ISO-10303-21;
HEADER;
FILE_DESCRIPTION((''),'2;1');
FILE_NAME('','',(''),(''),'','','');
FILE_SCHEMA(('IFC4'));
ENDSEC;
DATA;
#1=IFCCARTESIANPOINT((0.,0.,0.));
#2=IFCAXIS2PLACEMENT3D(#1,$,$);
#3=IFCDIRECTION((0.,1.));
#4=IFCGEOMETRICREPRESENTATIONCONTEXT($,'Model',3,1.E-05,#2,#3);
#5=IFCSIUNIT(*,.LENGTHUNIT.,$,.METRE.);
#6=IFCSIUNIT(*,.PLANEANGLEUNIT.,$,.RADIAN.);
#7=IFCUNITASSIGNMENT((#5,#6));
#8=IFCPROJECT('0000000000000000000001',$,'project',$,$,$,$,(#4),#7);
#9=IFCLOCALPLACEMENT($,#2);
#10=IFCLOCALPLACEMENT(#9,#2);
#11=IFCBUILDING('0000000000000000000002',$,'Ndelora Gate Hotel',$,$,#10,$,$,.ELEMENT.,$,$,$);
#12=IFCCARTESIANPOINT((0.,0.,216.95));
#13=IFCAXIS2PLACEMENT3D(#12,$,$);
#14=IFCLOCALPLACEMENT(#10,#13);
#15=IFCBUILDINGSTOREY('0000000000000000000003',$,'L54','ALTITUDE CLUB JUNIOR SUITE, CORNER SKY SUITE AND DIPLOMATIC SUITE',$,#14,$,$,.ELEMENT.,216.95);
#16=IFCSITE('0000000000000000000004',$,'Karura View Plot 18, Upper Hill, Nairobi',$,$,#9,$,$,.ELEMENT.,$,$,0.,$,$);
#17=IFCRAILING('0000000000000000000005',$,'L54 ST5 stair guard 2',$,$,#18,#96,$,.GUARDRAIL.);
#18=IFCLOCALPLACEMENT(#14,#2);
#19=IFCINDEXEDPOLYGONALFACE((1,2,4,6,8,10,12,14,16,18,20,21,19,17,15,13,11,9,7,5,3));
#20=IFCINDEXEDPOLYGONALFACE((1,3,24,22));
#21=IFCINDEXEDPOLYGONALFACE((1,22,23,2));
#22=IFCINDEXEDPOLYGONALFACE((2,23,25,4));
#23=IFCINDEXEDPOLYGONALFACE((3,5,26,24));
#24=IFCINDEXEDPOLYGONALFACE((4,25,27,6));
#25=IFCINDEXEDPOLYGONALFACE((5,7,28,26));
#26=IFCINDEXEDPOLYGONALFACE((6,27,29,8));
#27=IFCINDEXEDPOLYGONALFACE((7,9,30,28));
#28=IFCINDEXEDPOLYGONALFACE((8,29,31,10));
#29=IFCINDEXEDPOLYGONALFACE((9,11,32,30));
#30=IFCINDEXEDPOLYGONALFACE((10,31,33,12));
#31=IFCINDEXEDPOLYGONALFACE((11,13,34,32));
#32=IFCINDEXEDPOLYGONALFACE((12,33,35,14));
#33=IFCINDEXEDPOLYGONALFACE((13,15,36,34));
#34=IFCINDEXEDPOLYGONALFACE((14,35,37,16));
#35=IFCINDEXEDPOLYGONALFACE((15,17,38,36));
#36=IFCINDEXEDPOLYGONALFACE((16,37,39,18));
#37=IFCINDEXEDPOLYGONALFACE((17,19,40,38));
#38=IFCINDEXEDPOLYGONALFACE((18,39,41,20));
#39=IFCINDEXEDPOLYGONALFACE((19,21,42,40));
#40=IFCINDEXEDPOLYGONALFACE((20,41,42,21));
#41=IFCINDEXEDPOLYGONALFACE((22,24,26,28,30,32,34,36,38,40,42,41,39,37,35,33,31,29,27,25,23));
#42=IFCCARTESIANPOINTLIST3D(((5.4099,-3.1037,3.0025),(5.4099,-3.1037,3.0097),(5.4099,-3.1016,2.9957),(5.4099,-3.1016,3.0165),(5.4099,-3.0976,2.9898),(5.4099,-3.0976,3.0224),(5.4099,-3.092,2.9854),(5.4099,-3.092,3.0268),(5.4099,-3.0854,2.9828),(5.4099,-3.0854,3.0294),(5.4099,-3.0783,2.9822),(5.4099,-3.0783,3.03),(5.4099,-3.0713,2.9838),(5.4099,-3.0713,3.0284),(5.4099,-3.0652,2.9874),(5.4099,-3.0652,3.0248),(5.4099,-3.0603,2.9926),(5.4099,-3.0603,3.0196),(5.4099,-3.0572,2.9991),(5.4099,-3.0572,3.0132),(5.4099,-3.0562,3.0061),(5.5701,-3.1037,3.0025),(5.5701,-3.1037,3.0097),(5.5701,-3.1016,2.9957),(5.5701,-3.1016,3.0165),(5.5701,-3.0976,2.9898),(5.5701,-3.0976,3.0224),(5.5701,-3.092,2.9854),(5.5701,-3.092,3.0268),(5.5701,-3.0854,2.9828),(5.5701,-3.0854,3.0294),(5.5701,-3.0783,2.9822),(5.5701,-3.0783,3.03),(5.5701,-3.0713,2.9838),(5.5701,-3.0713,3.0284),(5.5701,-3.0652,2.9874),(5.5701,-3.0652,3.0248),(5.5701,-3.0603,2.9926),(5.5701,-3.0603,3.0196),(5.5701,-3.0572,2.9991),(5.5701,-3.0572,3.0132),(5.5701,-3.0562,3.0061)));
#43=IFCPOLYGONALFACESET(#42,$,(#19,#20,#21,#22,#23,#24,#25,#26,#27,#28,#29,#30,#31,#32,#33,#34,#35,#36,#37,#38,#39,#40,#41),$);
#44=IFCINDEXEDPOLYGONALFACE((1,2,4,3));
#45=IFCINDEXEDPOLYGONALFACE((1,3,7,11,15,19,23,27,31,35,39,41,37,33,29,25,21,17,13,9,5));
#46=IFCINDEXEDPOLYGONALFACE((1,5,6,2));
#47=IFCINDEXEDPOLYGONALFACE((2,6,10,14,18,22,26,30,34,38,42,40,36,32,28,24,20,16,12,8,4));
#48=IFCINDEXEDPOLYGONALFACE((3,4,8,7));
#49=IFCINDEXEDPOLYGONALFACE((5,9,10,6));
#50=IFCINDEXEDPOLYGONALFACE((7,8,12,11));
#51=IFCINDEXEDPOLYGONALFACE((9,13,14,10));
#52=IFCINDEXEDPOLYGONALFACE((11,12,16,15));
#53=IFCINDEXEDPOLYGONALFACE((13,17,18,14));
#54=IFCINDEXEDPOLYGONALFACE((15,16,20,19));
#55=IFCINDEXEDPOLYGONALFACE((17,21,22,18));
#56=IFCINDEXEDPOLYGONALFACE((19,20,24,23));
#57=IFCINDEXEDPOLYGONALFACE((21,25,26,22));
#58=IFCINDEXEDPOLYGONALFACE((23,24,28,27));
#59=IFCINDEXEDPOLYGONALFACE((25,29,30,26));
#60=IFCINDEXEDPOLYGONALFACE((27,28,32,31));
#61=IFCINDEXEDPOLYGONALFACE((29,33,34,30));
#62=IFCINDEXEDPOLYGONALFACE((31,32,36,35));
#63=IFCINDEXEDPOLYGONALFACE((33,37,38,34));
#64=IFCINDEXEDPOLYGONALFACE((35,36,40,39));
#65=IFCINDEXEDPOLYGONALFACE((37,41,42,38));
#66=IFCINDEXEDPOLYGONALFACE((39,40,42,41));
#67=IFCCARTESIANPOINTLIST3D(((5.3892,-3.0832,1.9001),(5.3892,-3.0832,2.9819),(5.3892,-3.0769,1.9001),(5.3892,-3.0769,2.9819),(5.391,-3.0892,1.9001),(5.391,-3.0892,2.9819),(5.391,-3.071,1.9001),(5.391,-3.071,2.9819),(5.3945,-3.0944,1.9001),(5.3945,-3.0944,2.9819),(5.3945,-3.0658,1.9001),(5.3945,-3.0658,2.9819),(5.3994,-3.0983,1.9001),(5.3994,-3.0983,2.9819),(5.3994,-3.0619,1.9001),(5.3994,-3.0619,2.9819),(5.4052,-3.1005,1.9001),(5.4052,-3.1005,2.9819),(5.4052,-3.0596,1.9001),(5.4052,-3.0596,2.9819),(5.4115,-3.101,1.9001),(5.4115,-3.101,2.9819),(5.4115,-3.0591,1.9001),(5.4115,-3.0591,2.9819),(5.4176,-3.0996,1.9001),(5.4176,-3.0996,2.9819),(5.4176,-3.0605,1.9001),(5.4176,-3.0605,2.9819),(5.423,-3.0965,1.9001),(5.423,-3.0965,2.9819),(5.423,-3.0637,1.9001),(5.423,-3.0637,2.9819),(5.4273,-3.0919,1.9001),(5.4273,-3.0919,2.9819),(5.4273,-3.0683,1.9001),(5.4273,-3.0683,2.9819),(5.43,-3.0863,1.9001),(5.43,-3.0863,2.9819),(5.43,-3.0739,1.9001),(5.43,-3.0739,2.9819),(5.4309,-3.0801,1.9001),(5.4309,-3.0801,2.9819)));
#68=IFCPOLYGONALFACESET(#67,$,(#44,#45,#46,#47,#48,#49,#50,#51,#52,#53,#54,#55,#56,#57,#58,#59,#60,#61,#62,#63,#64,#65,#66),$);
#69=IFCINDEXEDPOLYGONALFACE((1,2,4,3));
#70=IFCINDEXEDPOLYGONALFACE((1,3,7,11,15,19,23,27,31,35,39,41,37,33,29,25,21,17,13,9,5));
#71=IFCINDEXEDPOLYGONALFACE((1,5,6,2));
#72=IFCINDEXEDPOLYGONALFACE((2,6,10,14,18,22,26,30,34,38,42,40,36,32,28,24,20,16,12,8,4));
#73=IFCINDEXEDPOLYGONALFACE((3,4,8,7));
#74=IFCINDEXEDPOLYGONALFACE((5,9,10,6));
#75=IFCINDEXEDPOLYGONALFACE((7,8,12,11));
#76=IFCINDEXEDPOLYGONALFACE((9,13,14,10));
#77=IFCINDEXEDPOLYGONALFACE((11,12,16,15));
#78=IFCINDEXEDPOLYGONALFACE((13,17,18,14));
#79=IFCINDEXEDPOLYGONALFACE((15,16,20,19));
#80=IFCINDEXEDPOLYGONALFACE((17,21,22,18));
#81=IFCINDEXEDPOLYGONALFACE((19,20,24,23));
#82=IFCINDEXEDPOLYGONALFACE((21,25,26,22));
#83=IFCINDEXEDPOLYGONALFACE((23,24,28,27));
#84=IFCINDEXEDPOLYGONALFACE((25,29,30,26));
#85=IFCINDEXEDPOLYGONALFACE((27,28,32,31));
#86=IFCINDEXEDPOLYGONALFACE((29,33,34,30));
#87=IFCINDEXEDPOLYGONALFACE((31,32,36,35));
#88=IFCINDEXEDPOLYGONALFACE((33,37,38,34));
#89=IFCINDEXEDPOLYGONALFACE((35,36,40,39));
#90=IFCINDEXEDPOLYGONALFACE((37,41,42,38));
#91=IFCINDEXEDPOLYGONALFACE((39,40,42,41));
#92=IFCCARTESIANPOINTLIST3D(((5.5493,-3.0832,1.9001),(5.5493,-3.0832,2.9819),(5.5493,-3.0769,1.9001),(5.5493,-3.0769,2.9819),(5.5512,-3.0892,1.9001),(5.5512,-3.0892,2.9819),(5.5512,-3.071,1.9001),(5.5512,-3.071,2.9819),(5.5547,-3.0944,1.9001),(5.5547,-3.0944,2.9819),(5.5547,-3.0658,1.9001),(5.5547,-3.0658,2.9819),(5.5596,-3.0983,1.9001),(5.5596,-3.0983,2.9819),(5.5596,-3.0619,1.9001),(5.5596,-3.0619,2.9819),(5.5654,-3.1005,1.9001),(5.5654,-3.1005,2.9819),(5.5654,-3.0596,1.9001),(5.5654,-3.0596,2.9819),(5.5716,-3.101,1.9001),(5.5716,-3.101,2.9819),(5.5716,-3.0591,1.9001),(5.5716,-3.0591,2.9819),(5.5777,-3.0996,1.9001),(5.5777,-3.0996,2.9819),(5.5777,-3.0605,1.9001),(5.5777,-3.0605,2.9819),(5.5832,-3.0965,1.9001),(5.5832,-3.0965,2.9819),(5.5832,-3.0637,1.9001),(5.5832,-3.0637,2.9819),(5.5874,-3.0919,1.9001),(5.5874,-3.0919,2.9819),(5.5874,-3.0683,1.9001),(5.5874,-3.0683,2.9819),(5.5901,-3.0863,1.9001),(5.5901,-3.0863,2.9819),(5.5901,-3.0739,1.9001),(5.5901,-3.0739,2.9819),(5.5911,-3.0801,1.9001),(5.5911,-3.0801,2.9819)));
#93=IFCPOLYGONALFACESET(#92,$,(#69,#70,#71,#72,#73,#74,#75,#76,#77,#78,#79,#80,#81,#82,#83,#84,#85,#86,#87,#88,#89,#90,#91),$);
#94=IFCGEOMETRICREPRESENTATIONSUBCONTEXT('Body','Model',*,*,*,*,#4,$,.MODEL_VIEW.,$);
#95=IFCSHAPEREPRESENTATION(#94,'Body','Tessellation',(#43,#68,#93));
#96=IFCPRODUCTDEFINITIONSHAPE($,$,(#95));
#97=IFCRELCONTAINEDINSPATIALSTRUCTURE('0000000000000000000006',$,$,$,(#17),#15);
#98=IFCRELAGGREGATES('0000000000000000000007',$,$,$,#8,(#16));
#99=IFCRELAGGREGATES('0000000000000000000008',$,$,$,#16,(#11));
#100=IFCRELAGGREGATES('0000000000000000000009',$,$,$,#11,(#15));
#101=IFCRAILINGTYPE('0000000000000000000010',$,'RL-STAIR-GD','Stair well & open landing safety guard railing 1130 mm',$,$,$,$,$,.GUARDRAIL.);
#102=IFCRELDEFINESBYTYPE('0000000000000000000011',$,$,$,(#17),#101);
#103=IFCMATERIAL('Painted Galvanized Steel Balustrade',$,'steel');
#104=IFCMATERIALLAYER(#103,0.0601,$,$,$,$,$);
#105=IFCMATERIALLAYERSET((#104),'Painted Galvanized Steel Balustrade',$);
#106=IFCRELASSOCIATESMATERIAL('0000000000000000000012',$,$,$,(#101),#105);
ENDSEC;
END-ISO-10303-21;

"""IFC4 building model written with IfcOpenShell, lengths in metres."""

from ifc_helpers import new_model, si_unit, direction, frame, origin, origin_2d, place, context, subcontext, project, spatial, circle, extrude, material, layer, layer_set, type_object, element, save


model = new_model("IFC4")

# Units and contexts
model_context = context("Model", 3, precision=1e-05, world=origin(), true_north=direction((0.0, 1.0)))
body_context = subcontext(model_context, "Body", "Model", "MODEL_VIEW")
ifc_project = project(units=[si_unit("LENGTHUNIT", "METRE"), si_unit("PLANEANGLEUNIT", "RADIAN")], contexts=[model_context])

# Site, building, storey
site_placement = place(None, origin())
site = spatial("IfcSite", under=ifc_project, at=site_placement, Name="Karura View Plot 18, Upper Hill, Nairobi", CompositionType="ELEMENT", RefElevation=0.0)
building_placement = place(site_placement, origin())
building = spatial("IfcBuilding", under=site, at=building_placement, Name="Ndelora Gate Hotel", CompositionType="ELEMENT")
storey_placement = place(building_placement, frame((0.0, 0.0, 216.95)))
storey = spatial("IfcBuildingStorey", under=building, at=storey_placement, Name="L54", Description="ALTITUDE CLUB JUNIOR SUITE, CORNER SKY SUITE AND DIPLOMATIC SUITE", CompositionType="ELEMENT", Elevation=216.95)

# Railing
ifc_material_1 = material(Name="Painted Galvanized Steel Balustrade", Category="steel")
ifc_layer_1 = layer(ifc_material_1, 0.0601)
ifc_layer_set_1 = layer_set([ifc_layer_1], Name="Painted Galvanized Steel Balustrade")
railing_type_1 = type_object("IfcRailingType", Name="RL-STAIR-GD", Description="Stair well & open landing safety guard railing 1130 mm", PredefinedType="GUARDRAIL", material=ifc_layer_set_1)
railing_1_placement = place(storey_placement, frame((5.4099, -3.0801, 1.9001)))
element("IfcRailing", 1, at=railing_1_placement, inside=storey, type_object=railing_type_1, Name="L54 ST5 stair guard 2", PredefinedType="GUARDRAIL", context=body_context, shape_type="SweptSolid", body=[
    extrude(circle(Radius=0.0239, at=origin_2d()), frame((0.0, 0.0, 1.106), z_axis=(1.0, 0.0, 0.0), x_axis=(0.0, 1.0, 0.0)), (0.0, 0.0, 1.0), 0.1602),
    extrude(circle(Radius=0.021, at=origin_2d()), origin(), (0.0, 0.0, 1.0), 1.0818),
    extrude(circle(Radius=0.021, at=origin_2d()), frame((0.1602, 0.0, 0.0)), (0.0, 0.0, 1.0), 1.0818),
])

save(model, "model.ifc")
